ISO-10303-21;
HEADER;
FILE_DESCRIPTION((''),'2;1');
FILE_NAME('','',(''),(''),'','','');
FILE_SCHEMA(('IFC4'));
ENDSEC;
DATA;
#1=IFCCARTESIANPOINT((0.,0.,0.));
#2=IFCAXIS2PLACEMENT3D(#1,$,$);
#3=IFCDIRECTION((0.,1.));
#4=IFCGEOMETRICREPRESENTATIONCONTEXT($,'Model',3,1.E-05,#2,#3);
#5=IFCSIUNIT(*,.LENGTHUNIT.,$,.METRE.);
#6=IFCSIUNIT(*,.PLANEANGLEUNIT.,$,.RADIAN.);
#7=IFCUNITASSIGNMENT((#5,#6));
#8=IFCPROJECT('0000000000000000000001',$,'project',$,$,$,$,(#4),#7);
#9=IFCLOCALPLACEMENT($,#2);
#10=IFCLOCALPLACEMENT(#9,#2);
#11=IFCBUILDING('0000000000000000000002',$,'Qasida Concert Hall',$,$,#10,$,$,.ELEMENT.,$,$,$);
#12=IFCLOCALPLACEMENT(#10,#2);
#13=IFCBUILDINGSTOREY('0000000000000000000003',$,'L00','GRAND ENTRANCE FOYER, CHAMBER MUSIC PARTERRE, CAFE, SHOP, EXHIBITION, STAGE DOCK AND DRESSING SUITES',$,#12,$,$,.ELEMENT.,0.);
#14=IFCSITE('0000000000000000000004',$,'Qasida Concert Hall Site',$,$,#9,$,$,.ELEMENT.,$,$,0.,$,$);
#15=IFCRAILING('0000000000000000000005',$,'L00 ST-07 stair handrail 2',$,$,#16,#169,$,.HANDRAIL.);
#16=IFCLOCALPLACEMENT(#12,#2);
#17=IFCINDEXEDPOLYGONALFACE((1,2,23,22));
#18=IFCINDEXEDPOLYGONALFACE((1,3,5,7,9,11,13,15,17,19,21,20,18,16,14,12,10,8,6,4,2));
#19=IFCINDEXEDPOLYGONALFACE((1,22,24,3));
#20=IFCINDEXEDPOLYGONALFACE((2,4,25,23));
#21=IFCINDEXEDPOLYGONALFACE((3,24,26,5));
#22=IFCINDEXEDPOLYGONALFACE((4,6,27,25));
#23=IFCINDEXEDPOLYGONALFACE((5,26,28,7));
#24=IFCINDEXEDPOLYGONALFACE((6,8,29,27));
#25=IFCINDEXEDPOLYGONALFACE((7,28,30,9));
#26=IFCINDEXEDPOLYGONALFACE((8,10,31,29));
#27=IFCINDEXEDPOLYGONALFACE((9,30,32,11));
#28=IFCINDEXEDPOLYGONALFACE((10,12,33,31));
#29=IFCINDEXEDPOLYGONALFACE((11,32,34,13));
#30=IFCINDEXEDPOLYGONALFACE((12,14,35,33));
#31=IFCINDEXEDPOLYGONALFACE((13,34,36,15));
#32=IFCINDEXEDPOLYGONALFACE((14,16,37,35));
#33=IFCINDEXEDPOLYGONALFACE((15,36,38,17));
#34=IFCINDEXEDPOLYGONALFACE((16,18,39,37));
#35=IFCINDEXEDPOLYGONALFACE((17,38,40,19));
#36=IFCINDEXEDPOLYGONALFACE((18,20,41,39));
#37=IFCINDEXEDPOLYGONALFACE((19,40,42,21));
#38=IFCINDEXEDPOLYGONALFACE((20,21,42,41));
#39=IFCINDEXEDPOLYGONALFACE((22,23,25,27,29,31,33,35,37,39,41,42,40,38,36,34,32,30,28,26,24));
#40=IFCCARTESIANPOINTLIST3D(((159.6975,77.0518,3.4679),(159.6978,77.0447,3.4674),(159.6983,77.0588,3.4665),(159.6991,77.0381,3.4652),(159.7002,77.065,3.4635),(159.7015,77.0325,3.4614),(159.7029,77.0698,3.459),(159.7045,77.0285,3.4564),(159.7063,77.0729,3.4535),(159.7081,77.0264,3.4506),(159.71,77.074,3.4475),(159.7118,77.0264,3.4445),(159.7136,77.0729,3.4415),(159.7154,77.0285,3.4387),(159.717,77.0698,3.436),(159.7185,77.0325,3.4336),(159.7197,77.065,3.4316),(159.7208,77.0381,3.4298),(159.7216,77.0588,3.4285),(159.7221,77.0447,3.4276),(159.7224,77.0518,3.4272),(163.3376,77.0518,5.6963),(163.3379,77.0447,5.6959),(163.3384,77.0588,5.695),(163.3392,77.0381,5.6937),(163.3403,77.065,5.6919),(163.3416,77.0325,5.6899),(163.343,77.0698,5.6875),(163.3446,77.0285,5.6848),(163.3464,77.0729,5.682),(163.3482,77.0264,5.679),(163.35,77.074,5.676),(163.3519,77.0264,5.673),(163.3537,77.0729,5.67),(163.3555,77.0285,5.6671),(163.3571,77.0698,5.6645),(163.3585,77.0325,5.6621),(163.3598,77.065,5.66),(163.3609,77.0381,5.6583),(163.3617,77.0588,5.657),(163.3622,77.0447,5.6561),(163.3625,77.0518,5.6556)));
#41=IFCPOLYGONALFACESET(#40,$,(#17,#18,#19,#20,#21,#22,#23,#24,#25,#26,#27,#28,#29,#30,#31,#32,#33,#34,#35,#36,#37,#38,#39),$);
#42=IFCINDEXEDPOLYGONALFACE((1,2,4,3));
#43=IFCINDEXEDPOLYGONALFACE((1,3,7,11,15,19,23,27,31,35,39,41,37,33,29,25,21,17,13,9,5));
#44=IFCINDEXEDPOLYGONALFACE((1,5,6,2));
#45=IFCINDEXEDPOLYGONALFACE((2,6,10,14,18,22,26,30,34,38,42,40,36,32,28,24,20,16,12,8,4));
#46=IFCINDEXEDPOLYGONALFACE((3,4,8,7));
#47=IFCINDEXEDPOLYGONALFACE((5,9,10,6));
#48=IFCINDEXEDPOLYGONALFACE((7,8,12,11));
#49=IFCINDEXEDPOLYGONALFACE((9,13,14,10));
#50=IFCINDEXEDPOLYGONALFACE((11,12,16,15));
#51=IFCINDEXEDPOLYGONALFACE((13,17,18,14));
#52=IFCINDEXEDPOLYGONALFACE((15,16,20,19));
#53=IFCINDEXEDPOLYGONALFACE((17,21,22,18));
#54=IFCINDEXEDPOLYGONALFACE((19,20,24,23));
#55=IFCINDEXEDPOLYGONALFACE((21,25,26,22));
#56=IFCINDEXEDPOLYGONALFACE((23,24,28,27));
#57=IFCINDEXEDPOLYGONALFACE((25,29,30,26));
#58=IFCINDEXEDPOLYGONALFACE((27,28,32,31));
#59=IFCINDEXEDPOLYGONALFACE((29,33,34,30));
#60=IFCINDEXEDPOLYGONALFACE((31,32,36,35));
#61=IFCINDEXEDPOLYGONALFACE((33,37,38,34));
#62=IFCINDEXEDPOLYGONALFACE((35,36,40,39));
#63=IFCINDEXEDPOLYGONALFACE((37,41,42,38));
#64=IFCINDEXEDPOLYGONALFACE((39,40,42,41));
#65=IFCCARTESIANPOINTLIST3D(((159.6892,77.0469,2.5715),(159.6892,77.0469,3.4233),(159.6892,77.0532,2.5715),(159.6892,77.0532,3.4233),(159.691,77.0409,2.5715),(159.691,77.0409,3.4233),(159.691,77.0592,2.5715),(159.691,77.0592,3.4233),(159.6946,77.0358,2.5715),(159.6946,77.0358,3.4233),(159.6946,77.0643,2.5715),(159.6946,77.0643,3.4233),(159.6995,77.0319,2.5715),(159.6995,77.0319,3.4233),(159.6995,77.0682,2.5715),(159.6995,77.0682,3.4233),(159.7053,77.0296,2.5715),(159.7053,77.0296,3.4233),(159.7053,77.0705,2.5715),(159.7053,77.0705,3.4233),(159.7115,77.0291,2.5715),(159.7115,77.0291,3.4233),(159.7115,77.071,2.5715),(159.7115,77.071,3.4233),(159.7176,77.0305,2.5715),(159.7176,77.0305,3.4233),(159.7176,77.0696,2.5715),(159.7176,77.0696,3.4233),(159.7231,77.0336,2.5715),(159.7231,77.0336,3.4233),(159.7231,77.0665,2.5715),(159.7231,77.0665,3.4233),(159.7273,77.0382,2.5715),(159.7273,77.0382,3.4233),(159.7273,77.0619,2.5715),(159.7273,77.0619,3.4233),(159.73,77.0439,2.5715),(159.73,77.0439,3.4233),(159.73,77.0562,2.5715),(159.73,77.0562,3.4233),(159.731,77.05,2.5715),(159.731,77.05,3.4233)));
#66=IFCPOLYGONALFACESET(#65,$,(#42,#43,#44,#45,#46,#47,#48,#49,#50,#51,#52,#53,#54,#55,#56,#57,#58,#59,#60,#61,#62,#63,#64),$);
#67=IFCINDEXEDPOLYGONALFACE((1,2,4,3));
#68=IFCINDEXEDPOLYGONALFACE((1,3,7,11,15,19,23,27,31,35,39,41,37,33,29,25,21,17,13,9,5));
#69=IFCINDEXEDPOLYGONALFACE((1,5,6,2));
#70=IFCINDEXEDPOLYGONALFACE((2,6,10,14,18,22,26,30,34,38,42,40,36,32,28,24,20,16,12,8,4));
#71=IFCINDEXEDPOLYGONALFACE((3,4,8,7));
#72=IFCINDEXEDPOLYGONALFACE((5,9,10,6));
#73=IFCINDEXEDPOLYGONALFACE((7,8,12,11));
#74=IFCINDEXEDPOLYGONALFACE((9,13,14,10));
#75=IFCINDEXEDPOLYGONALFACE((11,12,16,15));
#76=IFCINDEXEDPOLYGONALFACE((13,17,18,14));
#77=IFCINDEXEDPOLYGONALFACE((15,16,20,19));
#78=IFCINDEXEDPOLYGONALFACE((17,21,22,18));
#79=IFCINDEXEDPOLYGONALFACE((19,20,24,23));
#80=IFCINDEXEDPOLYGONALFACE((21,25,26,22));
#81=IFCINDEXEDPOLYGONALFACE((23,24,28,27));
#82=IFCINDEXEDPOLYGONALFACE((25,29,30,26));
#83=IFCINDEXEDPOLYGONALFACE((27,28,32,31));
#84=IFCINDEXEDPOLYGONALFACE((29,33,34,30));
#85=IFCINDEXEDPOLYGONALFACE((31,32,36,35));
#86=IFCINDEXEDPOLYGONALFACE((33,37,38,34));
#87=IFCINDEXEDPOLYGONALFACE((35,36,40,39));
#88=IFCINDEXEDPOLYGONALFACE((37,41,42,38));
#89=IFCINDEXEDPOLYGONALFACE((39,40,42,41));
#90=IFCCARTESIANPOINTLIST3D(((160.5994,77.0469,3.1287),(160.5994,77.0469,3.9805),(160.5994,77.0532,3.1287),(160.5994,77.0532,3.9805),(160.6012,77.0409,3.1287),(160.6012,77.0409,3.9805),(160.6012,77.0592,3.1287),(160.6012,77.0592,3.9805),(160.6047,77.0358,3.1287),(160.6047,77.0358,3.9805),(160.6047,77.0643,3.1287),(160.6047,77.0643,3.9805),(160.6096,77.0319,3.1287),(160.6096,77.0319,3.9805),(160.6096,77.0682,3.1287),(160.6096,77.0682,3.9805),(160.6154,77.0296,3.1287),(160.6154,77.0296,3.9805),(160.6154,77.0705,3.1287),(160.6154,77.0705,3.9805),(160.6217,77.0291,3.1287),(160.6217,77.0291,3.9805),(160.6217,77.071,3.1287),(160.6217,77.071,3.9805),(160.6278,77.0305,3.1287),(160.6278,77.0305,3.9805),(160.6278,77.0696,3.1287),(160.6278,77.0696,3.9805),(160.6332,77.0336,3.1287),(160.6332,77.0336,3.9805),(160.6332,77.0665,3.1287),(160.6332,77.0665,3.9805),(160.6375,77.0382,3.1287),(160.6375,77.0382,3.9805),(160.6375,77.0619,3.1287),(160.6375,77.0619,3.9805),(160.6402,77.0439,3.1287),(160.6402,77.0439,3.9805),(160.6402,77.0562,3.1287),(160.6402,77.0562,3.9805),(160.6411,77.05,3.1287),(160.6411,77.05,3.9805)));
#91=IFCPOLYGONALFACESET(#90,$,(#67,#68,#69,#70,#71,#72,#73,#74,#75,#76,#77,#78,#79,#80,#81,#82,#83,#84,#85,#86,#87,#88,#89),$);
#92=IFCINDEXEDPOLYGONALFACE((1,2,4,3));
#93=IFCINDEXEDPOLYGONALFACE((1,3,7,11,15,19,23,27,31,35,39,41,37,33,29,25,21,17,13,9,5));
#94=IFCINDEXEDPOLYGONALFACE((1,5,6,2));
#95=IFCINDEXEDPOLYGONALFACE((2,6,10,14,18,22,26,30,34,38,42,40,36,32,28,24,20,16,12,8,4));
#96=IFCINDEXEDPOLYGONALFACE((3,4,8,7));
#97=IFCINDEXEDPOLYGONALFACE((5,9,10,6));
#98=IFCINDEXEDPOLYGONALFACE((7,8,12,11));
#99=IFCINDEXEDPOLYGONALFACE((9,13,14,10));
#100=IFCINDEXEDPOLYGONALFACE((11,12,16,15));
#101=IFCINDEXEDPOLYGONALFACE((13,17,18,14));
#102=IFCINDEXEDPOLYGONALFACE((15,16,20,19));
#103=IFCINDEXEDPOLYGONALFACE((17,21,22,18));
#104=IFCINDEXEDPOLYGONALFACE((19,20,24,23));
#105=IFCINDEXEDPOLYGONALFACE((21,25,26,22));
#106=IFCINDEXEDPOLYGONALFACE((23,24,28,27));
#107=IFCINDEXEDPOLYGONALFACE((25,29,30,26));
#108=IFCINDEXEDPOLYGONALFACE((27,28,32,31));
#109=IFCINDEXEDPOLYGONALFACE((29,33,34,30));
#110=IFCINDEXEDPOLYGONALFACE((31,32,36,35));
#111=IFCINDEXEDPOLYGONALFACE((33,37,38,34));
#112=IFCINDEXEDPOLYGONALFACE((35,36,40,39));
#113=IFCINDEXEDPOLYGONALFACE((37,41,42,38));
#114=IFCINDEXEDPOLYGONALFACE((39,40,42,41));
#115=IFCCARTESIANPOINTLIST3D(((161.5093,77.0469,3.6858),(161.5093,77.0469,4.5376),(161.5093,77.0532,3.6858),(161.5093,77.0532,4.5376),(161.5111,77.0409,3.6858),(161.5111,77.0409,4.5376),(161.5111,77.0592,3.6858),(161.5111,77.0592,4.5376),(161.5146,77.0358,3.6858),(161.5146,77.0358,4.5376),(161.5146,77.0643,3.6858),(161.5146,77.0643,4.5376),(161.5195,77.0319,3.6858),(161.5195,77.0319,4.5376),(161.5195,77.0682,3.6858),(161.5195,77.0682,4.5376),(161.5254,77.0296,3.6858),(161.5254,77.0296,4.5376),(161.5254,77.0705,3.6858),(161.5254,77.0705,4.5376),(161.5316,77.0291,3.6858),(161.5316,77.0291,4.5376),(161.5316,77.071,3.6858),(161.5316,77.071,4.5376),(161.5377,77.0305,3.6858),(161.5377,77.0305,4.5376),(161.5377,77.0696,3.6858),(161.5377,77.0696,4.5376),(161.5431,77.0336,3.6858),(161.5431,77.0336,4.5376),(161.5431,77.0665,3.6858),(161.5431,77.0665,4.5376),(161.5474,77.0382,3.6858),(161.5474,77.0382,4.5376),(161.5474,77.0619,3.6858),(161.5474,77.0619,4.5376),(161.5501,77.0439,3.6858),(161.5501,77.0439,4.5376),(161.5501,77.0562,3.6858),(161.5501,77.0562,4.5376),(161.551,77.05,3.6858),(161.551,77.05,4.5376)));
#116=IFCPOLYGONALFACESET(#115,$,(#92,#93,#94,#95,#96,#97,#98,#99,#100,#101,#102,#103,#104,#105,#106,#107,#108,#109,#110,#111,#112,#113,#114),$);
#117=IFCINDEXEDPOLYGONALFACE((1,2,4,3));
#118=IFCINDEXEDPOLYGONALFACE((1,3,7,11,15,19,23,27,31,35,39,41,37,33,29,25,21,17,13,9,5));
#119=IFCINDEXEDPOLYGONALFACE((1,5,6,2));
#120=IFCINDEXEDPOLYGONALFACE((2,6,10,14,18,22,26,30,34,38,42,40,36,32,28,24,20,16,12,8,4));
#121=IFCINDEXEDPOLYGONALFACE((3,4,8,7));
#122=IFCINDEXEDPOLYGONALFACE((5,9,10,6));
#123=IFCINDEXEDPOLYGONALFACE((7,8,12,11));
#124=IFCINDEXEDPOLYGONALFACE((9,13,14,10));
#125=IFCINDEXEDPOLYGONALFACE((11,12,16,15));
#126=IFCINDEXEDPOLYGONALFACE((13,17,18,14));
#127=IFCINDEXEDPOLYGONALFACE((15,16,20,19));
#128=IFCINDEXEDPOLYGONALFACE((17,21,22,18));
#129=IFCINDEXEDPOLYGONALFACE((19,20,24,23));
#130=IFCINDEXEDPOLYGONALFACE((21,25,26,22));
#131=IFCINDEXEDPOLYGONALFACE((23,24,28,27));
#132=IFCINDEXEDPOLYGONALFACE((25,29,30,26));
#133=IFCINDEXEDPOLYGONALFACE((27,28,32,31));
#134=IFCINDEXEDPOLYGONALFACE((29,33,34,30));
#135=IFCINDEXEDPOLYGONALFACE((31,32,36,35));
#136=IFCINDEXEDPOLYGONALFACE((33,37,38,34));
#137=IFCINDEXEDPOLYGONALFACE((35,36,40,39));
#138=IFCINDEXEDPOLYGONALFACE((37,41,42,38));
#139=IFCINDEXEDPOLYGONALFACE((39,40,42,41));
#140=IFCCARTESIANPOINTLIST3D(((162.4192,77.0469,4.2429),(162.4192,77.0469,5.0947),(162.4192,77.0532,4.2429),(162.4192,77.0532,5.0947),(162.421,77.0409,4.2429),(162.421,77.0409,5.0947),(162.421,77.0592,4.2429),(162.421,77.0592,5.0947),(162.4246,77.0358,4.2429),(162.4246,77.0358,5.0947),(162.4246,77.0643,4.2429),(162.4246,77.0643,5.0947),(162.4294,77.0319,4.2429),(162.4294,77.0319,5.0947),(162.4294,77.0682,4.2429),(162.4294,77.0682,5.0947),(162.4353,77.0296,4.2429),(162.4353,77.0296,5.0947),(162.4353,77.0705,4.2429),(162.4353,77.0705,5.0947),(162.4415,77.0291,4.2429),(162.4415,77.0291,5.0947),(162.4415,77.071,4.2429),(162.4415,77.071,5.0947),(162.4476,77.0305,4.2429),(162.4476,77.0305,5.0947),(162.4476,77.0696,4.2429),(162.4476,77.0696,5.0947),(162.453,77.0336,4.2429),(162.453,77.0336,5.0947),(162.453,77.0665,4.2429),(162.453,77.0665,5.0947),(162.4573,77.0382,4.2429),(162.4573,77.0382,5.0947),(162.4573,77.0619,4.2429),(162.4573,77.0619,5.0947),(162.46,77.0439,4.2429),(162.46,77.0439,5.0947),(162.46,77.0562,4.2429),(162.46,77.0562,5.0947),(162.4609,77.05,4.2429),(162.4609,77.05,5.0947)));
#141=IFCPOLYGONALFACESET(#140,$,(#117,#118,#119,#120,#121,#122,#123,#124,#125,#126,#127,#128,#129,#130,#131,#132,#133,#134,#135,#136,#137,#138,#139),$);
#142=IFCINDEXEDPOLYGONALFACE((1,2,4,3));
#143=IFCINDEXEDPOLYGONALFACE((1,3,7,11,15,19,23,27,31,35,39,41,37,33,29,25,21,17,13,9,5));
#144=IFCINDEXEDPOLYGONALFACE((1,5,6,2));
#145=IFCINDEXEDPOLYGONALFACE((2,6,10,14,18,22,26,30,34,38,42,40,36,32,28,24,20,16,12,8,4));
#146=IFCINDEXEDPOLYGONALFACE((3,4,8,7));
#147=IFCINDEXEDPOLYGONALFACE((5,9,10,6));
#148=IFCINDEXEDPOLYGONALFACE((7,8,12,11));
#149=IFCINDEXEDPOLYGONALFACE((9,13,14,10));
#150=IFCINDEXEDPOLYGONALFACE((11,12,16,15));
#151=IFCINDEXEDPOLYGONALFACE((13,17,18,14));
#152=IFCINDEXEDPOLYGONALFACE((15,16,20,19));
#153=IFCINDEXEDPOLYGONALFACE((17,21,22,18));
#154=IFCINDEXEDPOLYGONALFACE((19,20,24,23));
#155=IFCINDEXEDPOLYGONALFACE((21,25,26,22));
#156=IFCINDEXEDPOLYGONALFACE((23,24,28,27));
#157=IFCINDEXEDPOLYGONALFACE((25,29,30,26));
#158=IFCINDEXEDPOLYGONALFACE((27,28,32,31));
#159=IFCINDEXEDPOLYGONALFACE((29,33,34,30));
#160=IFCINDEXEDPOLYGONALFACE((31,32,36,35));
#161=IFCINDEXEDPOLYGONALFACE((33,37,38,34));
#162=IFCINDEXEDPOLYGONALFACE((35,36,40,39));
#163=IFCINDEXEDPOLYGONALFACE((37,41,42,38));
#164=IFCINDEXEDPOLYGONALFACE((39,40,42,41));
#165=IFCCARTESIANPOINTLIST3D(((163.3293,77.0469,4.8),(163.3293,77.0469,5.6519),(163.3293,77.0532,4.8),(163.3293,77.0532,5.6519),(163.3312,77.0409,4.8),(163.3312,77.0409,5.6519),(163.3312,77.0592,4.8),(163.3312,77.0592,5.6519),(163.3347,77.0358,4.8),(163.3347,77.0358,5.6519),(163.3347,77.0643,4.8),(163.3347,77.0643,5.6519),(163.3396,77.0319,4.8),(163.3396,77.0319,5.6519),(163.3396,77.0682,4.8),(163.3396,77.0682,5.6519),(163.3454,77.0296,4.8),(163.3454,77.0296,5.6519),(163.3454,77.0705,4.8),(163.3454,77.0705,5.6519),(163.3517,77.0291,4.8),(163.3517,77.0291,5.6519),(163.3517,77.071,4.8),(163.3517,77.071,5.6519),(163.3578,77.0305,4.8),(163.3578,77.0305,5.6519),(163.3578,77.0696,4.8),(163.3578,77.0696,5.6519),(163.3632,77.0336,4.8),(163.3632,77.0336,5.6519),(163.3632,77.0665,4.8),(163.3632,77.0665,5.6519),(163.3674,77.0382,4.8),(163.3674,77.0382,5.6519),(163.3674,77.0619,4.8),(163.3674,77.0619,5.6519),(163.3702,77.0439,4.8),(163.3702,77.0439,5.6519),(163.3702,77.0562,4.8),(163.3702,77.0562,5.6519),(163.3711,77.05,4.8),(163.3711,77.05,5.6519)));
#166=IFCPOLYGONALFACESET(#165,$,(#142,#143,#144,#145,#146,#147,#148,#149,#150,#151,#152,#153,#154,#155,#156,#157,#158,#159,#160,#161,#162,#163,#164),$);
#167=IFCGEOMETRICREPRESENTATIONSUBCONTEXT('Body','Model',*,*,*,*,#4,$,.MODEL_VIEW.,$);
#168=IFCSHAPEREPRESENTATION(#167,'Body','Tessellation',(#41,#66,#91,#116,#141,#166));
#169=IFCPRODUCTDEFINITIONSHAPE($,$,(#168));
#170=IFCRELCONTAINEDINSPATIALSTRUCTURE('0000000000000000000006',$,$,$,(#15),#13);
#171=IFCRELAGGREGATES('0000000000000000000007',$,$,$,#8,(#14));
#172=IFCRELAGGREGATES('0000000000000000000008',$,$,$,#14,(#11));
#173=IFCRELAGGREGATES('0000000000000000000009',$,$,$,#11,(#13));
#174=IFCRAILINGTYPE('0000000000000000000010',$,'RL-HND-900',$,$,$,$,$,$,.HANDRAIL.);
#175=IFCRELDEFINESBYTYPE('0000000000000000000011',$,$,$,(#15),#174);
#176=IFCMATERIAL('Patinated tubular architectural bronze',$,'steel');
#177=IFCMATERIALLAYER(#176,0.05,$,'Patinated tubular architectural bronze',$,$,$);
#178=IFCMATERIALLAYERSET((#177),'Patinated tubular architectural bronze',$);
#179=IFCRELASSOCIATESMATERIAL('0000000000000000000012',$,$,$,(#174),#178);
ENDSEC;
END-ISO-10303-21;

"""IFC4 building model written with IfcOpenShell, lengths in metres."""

from ifc_helpers import new_model, si_unit, direction, frame, origin, origin_2d, place, context, subcontext, project, spatial, circle, extrude, material, layer, layer_set, type_object, element, save


model = new_model("IFC4")

# Units and contexts
model_context = context("Model", 3, precision=1e-05, world=origin(), true_north=direction((0.0, 1.0)))
body_context = subcontext(model_context, "Body", "Model", "MODEL_VIEW")
ifc_project = project(units=[si_unit("LENGTHUNIT", "METRE"), si_unit("PLANEANGLEUNIT", "RADIAN")], contexts=[model_context])

# Site, building, storey
site_placement = place(None, origin())
site = spatial("IfcSite", under=ifc_project, at=site_placement, Name="Qasida Concert Hall Site", CompositionType="ELEMENT", RefElevation=0.0)
building_placement = place(site_placement, origin())
building = spatial("IfcBuilding", under=site, at=building_placement, Name="Qasida Concert Hall", CompositionType="ELEMENT")
storey_placement = place(building_placement, origin())
storey = spatial("IfcBuildingStorey", under=building, at=storey_placement, Name="L00", Description="GRAND ENTRANCE FOYER, CHAMBER MUSIC PARTERRE, CAFE, SHOP, EXHIBITION, STAGE DOCK AND DRESSING SUITES", CompositionType="ELEMENT", Elevation=0.0)

# Railing
ifc_material_1 = material(Name="Patinated tubular architectural bronze", Category="steel")
ifc_layer_1 = layer(ifc_material_1, 0.05, Name="Patinated tubular architectural bronze")
ifc_layer_set_1 = layer_set([ifc_layer_1], Name="Patinated tubular architectural bronze")
railing_type_1 = type_object("IfcRailingType", Name="RL-HND-900", PredefinedType="HANDRAIL", material=ifc_layer_set_1)
railing_1_placement = place(storey_placement, frame((159.71, 77.05, 2.5715)))
element("IfcRailing", 1, at=railing_1_placement, inside=storey, type_object=railing_type_1, Name="L00 ST-07 stair handrail 2", PredefinedType="HANDRAIL", context=body_context, shape_type="SweptSolid", body=[
    extrude(circle(Radius=0.0239, at=origin_2d()), frame((0.0, 0.0, 0.876), z_axis=(0.852866, 0.0, 0.52213), x_axis=(0.0, 1.0, 0.0)), (0.0, 0.0, 1.0), 4.2681),
    extrude(circle(Radius=0.021, at=origin_2d()), origin(), (0.0, 0.0, 1.0), 0.8518),
    extrude(circle(Radius=0.021, at=origin_2d()), frame((0.9102, 0.0, 0.5571)), (0.0, 0.0, 1.0), 0.8518),
    extrude(circle(Radius=0.021, at=origin_2d()), frame((1.8201, 0.0, 1.1143)), (0.0, 0.0, 1.0), 0.8518),
    extrude(circle(Radius=0.021, at=origin_2d()), frame((2.73, 0.0, 1.6714)), (0.0, 0.0, 1.0), 0.8518),
    extrude(circle(Radius=0.021, at=origin_2d()), frame((3.6401, 0.0, 2.2285)), (0.0, 0.0, 1.0), 0.8518),
])

save(model, "model.ifc")
